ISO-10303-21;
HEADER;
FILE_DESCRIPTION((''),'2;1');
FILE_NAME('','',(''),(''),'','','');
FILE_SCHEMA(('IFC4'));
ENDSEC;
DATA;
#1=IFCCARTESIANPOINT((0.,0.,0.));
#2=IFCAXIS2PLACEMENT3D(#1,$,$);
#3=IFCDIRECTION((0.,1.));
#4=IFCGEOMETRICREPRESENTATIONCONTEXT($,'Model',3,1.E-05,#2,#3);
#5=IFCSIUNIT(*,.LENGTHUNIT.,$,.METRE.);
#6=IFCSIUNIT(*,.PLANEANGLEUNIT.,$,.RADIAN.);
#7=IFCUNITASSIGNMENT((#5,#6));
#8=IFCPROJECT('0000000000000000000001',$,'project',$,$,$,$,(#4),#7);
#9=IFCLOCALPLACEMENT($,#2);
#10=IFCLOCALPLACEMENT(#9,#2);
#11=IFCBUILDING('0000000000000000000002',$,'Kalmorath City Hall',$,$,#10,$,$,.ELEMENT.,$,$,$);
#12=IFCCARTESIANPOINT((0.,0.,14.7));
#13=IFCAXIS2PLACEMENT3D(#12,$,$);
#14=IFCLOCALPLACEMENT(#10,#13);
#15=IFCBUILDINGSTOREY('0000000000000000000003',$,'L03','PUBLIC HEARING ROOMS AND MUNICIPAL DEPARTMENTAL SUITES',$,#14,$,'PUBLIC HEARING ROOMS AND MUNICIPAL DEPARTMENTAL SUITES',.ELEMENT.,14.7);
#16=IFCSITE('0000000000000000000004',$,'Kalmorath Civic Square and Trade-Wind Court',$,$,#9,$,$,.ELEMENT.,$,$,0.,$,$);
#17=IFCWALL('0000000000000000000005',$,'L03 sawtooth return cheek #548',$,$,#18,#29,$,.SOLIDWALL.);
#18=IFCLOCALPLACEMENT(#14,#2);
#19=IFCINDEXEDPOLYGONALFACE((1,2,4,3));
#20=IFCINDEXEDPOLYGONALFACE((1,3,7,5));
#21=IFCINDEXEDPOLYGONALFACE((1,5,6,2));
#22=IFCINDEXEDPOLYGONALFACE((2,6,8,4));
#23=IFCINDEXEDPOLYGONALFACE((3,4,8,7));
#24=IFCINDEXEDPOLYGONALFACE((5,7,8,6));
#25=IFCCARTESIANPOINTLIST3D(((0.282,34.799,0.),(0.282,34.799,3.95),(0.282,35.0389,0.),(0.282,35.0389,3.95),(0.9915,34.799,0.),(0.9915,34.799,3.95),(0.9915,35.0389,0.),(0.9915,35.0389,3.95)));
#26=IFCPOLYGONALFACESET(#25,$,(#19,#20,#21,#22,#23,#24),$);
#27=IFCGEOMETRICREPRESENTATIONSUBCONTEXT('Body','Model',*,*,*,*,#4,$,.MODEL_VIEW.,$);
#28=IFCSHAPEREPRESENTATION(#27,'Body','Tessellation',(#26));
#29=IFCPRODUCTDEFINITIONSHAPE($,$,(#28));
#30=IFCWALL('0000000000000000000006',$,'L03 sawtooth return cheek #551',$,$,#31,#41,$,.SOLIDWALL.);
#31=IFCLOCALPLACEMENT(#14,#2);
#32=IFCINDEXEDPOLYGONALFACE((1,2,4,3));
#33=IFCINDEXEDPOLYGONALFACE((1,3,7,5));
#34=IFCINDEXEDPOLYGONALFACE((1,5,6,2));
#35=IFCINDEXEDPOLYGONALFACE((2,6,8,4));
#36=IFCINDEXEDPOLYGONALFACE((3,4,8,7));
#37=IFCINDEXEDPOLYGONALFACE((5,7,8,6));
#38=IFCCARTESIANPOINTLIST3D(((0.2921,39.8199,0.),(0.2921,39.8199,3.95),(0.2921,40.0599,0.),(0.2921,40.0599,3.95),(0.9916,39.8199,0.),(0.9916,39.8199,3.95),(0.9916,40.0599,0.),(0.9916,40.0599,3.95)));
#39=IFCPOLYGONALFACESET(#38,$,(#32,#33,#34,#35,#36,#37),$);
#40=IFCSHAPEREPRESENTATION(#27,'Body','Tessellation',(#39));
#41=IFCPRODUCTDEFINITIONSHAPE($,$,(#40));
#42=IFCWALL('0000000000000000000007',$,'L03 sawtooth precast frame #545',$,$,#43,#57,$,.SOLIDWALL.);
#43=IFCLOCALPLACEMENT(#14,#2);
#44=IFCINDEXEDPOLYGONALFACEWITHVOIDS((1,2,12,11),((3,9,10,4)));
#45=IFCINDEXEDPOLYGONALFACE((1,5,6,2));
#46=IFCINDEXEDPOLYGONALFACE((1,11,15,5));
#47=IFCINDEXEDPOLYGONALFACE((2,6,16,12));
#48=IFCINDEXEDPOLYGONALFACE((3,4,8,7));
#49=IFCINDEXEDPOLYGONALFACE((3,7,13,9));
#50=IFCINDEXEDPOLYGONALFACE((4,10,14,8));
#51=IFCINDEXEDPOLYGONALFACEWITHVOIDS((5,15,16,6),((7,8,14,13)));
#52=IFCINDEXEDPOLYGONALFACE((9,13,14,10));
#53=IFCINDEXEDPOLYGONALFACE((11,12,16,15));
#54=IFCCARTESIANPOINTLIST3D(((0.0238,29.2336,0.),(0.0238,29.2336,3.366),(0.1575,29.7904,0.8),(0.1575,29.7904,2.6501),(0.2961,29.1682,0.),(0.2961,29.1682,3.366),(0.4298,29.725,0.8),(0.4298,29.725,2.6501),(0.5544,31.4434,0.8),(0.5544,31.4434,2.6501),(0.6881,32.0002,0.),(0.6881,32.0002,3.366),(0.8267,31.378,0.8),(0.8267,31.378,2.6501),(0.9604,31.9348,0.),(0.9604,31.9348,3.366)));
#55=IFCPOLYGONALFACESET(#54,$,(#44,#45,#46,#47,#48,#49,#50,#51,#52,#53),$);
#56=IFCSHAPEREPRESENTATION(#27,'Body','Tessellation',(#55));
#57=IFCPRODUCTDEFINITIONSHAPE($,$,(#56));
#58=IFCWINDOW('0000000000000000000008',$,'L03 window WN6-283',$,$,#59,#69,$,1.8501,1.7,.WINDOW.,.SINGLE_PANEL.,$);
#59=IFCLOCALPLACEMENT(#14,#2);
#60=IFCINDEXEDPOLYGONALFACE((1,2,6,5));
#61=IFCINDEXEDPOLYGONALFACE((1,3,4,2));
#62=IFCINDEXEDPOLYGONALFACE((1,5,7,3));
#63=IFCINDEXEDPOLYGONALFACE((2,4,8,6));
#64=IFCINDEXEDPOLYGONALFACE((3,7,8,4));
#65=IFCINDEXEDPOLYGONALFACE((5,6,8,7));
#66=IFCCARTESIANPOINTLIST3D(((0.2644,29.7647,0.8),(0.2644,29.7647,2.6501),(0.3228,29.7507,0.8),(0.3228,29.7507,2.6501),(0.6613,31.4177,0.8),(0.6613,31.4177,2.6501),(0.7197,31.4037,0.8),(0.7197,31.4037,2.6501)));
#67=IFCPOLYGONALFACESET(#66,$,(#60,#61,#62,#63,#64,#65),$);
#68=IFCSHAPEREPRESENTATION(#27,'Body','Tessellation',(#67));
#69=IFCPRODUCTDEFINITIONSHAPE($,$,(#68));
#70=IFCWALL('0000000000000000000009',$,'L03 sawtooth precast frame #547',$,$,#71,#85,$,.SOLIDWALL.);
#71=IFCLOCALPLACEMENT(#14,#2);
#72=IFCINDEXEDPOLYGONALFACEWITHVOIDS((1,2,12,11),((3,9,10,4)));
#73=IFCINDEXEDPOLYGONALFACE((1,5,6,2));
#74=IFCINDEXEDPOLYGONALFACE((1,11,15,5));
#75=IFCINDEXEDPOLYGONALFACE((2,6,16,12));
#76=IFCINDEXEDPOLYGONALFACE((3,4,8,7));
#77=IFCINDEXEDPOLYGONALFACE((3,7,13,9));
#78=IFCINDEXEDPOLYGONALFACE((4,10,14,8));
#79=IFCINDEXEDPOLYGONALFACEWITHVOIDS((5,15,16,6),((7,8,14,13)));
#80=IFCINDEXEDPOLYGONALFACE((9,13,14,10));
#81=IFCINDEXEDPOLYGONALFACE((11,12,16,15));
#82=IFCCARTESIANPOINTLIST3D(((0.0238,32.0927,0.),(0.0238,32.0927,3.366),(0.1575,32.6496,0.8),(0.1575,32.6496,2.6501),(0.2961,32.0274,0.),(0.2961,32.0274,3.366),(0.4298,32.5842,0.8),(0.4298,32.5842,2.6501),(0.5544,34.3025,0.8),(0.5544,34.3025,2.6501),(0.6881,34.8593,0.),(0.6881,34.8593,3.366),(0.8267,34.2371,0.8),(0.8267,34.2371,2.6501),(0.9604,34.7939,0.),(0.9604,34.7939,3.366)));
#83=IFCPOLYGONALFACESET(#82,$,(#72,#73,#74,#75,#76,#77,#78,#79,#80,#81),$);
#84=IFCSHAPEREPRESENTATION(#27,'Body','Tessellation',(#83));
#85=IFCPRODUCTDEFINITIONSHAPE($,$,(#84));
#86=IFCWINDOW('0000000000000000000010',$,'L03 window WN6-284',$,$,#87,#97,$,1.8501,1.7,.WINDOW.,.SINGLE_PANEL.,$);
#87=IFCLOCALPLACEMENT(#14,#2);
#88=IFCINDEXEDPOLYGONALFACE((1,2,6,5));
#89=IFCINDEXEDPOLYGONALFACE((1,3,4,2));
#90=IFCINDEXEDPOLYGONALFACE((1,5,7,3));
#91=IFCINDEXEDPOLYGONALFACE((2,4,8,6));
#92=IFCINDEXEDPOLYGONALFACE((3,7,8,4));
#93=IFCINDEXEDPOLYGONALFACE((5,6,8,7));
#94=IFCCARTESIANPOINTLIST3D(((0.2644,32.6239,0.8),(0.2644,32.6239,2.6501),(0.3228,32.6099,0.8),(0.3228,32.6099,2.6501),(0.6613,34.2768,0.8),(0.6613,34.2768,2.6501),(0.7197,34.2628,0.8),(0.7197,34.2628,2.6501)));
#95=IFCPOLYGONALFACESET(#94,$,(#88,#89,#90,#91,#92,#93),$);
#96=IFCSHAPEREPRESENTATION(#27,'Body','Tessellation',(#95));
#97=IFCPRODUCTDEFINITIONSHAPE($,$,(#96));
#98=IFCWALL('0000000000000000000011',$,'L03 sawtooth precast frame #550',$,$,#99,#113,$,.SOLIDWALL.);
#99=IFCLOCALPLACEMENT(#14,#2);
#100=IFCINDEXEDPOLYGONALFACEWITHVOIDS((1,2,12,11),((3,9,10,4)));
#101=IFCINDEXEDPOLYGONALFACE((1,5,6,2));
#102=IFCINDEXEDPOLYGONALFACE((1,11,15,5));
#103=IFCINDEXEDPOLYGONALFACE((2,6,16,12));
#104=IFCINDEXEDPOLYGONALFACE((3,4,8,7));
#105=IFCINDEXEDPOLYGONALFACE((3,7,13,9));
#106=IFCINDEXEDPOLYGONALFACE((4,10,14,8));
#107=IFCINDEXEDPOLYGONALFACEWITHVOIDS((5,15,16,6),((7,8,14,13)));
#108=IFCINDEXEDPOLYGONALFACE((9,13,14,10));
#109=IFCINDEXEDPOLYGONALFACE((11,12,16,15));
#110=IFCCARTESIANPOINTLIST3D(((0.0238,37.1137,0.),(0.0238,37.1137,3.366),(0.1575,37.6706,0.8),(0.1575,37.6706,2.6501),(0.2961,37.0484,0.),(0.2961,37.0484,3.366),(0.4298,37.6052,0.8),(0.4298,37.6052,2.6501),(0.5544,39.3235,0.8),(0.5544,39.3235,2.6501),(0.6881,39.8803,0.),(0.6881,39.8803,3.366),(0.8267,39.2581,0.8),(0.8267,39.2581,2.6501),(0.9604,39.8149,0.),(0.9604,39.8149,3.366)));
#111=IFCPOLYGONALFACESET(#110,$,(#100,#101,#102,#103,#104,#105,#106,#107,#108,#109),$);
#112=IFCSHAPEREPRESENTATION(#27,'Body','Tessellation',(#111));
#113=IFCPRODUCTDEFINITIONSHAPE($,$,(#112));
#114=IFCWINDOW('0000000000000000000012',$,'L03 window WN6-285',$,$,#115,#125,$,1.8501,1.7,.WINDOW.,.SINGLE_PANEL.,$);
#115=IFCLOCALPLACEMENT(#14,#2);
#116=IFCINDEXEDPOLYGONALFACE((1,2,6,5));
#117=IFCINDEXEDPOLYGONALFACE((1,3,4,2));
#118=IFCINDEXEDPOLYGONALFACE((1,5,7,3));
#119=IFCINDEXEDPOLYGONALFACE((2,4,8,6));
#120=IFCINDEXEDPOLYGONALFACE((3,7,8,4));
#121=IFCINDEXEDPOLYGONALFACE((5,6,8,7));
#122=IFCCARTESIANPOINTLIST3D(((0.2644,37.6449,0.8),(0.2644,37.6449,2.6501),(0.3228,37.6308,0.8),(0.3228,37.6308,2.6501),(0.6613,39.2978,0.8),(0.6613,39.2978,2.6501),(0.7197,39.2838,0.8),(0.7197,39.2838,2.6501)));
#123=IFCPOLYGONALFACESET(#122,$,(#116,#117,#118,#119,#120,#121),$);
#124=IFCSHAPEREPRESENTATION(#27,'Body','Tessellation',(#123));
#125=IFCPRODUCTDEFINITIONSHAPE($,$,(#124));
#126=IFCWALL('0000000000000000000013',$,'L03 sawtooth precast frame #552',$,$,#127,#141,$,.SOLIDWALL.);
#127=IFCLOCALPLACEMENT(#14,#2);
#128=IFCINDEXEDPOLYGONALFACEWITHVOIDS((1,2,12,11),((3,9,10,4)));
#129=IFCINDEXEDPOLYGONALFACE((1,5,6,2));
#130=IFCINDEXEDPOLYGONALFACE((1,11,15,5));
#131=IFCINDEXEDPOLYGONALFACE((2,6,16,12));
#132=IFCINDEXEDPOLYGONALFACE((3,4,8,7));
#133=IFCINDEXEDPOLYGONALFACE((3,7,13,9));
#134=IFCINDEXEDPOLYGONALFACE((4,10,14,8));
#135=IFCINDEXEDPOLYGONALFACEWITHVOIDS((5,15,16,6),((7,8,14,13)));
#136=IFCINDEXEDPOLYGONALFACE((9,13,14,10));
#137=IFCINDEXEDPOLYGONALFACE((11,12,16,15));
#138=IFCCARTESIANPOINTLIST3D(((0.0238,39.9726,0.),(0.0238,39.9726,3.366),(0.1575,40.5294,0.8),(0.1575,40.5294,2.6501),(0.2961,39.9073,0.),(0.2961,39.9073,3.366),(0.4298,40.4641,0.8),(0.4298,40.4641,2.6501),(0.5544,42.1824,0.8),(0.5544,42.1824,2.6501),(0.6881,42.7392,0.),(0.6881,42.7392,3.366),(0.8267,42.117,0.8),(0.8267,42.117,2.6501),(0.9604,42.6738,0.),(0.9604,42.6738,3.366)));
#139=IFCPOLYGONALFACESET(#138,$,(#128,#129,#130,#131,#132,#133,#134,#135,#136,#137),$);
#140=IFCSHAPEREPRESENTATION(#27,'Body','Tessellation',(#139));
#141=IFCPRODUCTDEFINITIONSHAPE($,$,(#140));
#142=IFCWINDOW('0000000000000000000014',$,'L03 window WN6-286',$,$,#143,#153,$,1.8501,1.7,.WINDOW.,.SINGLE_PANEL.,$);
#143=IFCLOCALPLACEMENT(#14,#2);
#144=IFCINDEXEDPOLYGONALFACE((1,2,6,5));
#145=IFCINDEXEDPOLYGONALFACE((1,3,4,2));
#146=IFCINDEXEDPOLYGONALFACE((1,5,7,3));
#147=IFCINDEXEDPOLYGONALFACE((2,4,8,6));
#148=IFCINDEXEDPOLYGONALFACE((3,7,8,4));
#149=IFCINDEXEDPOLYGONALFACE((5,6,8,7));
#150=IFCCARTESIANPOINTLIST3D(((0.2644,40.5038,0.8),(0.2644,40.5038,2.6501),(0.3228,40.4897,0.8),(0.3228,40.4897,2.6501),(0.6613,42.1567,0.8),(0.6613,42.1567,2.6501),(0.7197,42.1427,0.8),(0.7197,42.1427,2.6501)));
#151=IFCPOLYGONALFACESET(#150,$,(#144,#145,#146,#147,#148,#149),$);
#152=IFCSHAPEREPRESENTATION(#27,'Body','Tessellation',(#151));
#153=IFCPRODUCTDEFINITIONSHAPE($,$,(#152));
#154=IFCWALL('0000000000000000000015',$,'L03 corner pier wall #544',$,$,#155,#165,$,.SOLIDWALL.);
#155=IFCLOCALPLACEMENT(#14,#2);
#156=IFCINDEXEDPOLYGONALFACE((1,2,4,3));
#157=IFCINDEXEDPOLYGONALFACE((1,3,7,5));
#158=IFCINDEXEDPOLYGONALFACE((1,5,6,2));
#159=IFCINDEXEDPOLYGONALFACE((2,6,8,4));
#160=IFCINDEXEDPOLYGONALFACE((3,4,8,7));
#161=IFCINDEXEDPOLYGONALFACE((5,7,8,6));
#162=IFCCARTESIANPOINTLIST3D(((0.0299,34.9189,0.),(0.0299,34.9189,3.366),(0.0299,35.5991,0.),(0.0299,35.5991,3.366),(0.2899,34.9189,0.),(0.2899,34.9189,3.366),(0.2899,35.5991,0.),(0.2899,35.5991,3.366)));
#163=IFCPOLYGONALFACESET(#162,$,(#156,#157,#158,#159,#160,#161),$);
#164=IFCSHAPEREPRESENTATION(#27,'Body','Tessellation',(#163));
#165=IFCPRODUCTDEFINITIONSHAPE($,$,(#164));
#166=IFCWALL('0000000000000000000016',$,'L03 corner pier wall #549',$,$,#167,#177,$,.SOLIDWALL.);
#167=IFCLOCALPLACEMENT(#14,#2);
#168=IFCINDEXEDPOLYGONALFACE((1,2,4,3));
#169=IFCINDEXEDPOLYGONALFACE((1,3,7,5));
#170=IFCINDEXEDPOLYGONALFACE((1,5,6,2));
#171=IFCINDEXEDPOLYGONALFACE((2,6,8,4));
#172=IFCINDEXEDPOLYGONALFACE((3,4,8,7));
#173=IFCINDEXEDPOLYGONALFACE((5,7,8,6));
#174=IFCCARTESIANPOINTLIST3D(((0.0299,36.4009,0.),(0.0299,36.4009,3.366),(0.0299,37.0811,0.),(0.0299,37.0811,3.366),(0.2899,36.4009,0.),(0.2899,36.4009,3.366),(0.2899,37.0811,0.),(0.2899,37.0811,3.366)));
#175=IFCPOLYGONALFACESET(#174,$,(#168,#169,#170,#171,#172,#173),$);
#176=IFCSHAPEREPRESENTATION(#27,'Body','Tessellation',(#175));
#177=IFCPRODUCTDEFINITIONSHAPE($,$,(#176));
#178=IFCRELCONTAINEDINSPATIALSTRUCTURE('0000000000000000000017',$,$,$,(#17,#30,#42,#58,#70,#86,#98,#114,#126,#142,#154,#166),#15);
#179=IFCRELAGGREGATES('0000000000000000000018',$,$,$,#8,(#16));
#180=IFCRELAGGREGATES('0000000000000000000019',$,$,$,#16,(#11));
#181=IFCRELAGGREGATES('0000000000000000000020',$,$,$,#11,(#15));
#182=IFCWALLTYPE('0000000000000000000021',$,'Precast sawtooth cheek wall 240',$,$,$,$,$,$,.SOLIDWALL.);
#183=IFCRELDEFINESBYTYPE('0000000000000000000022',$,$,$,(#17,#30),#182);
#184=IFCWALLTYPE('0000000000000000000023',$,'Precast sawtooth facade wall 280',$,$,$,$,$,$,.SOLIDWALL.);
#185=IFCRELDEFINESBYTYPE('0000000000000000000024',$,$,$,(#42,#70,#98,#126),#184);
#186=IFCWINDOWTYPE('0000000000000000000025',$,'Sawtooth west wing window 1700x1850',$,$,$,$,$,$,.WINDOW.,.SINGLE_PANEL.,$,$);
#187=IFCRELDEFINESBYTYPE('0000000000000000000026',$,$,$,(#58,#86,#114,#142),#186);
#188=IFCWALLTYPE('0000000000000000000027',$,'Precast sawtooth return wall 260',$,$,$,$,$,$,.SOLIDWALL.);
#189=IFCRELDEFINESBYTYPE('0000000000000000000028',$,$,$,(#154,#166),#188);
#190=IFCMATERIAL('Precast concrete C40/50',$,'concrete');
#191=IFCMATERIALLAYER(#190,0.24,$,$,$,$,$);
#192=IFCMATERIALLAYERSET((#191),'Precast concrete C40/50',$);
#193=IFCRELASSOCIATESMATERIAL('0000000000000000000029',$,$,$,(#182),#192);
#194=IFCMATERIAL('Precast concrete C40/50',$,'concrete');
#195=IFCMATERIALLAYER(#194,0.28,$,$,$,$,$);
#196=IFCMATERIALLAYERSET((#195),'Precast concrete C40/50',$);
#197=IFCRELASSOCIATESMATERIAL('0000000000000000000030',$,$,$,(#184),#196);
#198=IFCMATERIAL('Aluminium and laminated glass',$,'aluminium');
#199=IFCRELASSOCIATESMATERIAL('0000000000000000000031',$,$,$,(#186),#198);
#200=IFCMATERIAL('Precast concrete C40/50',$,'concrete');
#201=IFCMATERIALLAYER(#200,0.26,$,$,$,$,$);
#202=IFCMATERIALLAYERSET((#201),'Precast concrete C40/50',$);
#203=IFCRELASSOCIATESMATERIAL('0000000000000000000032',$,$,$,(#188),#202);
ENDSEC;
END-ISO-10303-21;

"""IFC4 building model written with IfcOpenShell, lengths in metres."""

from ifc_helpers import new_model, si_unit, direction, frame, frame_2d, origin, place, context, subcontext, project, spatial, rectangle, extrude, material, layer, layer_set, type_object, element, fill, save


model = new_model("IFC4")

# Units and contexts
model_context = context("Model", 3, precision=1e-05, world=origin(), true_north=direction((0.0, 1.0)))
body_context = subcontext(model_context, "Body", "Model", "MODEL_VIEW")
ifc_project = project(units=[si_unit("LENGTHUNIT", "METRE"), si_unit("PLANEANGLEUNIT", "RADIAN")], contexts=[model_context])

# Site, building, storey
site_placement = place(None, origin())
site = spatial("IfcSite", under=ifc_project, at=site_placement, Name="Kalmorath Civic Square and Trade-Wind Court", CompositionType="ELEMENT", RefElevation=0.0)
building_placement = place(site_placement, origin())
building = spatial("IfcBuilding", under=site, at=building_placement, Name="Kalmorath City Hall", CompositionType="ELEMENT")
storey_placement = place(building_placement, frame((0.0, 0.0, 14.7)))
storey = spatial("IfcBuildingStorey", under=building, at=storey_placement, Name="L03", Description="PUBLIC HEARING ROOMS AND MUNICIPAL DEPARTMENTAL SUITES", LongName="PUBLIC HEARING ROOMS AND MUNICIPAL DEPARTMENTAL SUITES", CompositionType="ELEMENT", Elevation=14.7)

# Walls
ifc_material_1 = material(Name="Precast concrete C40/50", Category="concrete")
ifc_layer_1 = layer(ifc_material_1, 0.24)
ifc_layer_set_1 = layer_set([ifc_layer_1], Name="Precast concrete C40/50")
wall_type_1 = type_object("IfcWallType", Name="Precast sawtooth cheek wall 240", PredefinedType="SOLIDWALL", material=ifc_layer_set_1)
wall_1_placement = place(storey_placement, frame((0.9915, 34.9189, 0.0), z_axis=(0.0, 0.0, 1.0), x_axis=(-1.0, 0.0, 0.0)))
element("IfcWall", 1, at=wall_1_placement, inside=storey, type_object=wall_type_1, Name="L03 sawtooth return cheek #548", PredefinedType="SOLIDWALL", context=body_context, shape_type="SweptSolid", body=[
    extrude(rectangle(XDim=0.7095, YDim=0.24, at=frame_2d((0.3547, 0.0))), origin(), (0.0, 0.0, 1.0), 3.95),
])
wall_2_placement = place(storey_placement, frame((0.9915, 39.9399, 0.0), z_axis=(0.0, 0.0, 1.0), x_axis=(-1.0, 0.0, 0.0)))
element("IfcWall", 2, at=wall_2_placement, inside=storey, type_object=wall_type_1, Name="L03 sawtooth return cheek #551", PredefinedType="SOLIDWALL", context=body_context, shape_type="SweptSolid", body=[
    extrude(rectangle(XDim=0.6995, YDim=0.24, at=frame_2d((0.3496, 0.0))), origin(), (0.0, 0.0, 1.0), 3.95),
])

# Walls, openings, windows
ifc_material_2 = material(Name="Precast concrete C40/50", Category="concrete")
ifc_layer_2 = layer(ifc_material_2, 0.28)
ifc_layer_set_2 = layer_set([ifc_layer_2], Name="Precast concrete C40/50")
wall_type_2 = type_object("IfcWallType", Name="Precast sawtooth facade wall 280", PredefinedType="SOLIDWALL", material=ifc_layer_set_2)
wall_3_placement = place(storey_placement, frame((0.1599, 29.2009, 0.0), z_axis=(0.0, 0.0, 1.0), x_axis=(0.23348, 0.972362, 0.0)))
wall_3 = element("IfcWall", 3, at=wall_3_placement, inside=storey, type_object=wall_type_2, Name="L03 sawtooth precast frame #545", PredefinedType="SOLIDWALL", context=body_context, shape_type="SweptSolid", body=[
    extrude(rectangle(XDim=2.8452, YDim=0.28, at=frame_2d((1.4226, 0.0))), origin(), (0.0, 0.0, 1.0), 3.366),
])
opening_1_placement = place(wall_3_placement, frame((0.5725, 0.0, 0.8)))
opening_1 = element("IfcOpeningElement", 4, at=opening_1_placement, cuts=wall_3, PredefinedType="OPENING", context=body_context, shape_type="SweptSolid", body=[
    extrude(rectangle(XDim=1.7, YDim=1.8501, at=frame_2d((0.8501, 0.925))), frame((0.0, 0.1499, 0.0), z_axis=(0.0, -1.0, 0.0), x_axis=(1.0, 0.0, 0.0)), (0.0, 0.0, 1.0), 0.3),
])
ifc_material_3 = material(Name="Aluminium and laminated glass", Category="aluminium")
window_type = type_object("IfcWindowType", Name="Sawtooth west wing window 1700x1850", PartitioningType="SINGLE_PANEL", PredefinedType="WINDOW", material=ifc_material_3)
window_1_placement = place(opening_1_placement, origin())
window_1 = element("IfcWindow", 5, at=window_1_placement, inside=storey, type_object=window_type, Name="L03 window WN6-283", OverallHeight=1.8501, OverallWidth=1.7, PartitioningType="SINGLE_PANEL", PredefinedType="WINDOW", context=body_context, shape_type="SweptSolid", body=[
    extrude(rectangle(XDim=1.7, YDim=1.8501, at=frame_2d((0.8501, 0.925))), frame((0.0, 0.03, 0.0), z_axis=(0.0, -1.0, 0.0), x_axis=(1.0, 0.0, 0.0)), (0.0, 0.0, 1.0), 0.0601),
])
fill(opening_1, window_1)
wall_4_placement = place(storey_placement, frame((0.1599, 32.0601, 0.0), z_axis=(0.0, 0.0, 1.0), x_axis=(0.23348, 0.972362, 0.0)))
wall_4 = element("IfcWall", 6, at=wall_4_placement, inside=storey, type_object=wall_type_2, Name="L03 sawtooth precast frame #547", PredefinedType="SOLIDWALL", context=body_context, shape_type="SweptSolid", body=[
    extrude(rectangle(XDim=2.8452, YDim=0.28, at=frame_2d((1.4226, 0.0))), origin(), (0.0, 0.0, 1.0), 3.366),
])
opening_2_placement = place(wall_4_placement, frame((0.5725, 0.0, 0.8)))
opening_2 = element("IfcOpeningElement", 7, at=opening_2_placement, cuts=wall_4, PredefinedType="OPENING", context=body_context, shape_type="SweptSolid", body=[
    extrude(rectangle(XDim=1.7, YDim=1.8501, at=frame_2d((0.8501, 0.925))), frame((0.0, 0.1499, 0.0), z_axis=(0.0, -1.0, 0.0), x_axis=(1.0, 0.0, 0.0)), (0.0, 0.0, 1.0), 0.3),
])
window_2_placement = place(opening_2_placement, origin())
window_2 = element("IfcWindow", 8, at=window_2_placement, inside=storey, type_object=window_type, Name="L03 window WN6-284", OverallHeight=1.8501, OverallWidth=1.7, PartitioningType="SINGLE_PANEL", PredefinedType="WINDOW", context=body_context, shape_type="SweptSolid", body=[
    extrude(rectangle(XDim=1.7, YDim=1.8501, at=frame_2d((0.8501, 0.925))), frame((0.0, 0.03, 0.0), z_axis=(0.0, -1.0, 0.0), x_axis=(1.0, 0.0, 0.0)), (0.0, 0.0, 1.0), 0.0601),
])
fill(opening_2, window_2)
wall_5_placement = place(storey_placement, frame((0.1599, 37.0811, 0.0), z_axis=(0.0, 0.0, 1.0), x_axis=(0.23348, 0.972362, 0.0)))
wall_5 = element("IfcWall", 9, at=wall_5_placement, inside=storey, type_object=wall_type_2, Name="L03 sawtooth precast frame #550", PredefinedType="SOLIDWALL", context=body_context, shape_type="SweptSolid", body=[
    extrude(rectangle(XDim=2.8452, YDim=0.28, at=frame_2d((1.4226, 0.0))), origin(), (0.0, 0.0, 1.0), 3.366),
])
opening_3_placement = place(wall_5_placement, frame((0.5725, 0.0, 0.8)))
opening_3 = element("IfcOpeningElement", 10, at=opening_3_placement, cuts=wall_5, PredefinedType="OPENING", context=body_context, shape_type="SweptSolid", body=[
    extrude(rectangle(XDim=1.7, YDim=1.8501, at=frame_2d((0.8501, 0.925))), frame((0.0, 0.1499, 0.0), z_axis=(0.0, -1.0, 0.0), x_axis=(1.0, 0.0, 0.0)), (0.0, 0.0, 1.0), 0.3),
])
window_3_placement = place(opening_3_placement, origin())
window_3 = element("IfcWindow", 11, at=window_3_placement, inside=storey, type_object=window_type, Name="L03 window WN6-285", OverallHeight=1.8501, OverallWidth=1.7, PartitioningType="SINGLE_PANEL", PredefinedType="WINDOW", context=body_context, shape_type="SweptSolid", body=[
    extrude(rectangle(XDim=1.7, YDim=1.8501, at=frame_2d((0.8501, 0.925))), frame((0.0, 0.03, 0.0), z_axis=(0.0, -1.0, 0.0), x_axis=(1.0, 0.0, 0.0)), (0.0, 0.0, 1.0), 0.0601),
])
fill(opening_3, window_3)
wall_6_placement = place(storey_placement, frame((0.1599, 39.9399, 0.0), z_axis=(0.0, 0.0, 1.0), x_axis=(0.23348, 0.972362, 0.0)))
wall_6 = element("IfcWall", 12, at=wall_6_placement, inside=storey, type_object=wall_type_2, Name="L03 sawtooth precast frame #552", PredefinedType="SOLIDWALL", context=body_context, shape_type="SweptSolid", body=[
    extrude(rectangle(XDim=2.8452, YDim=0.28, at=frame_2d((1.4226, 0.0))), origin(), (0.0, 0.0, 1.0), 3.366),
])
opening_4_placement = place(wall_6_placement, frame((0.5725, 0.0, 0.8)))
opening_4 = element("IfcOpeningElement", 13, at=opening_4_placement, cuts=wall_6, PredefinedType="OPENING", context=body_context, shape_type="SweptSolid", body=[
    extrude(rectangle(XDim=1.7, YDim=1.8501, at=frame_2d((0.8501, 0.925))), frame((0.0, 0.1499, 0.0), z_axis=(0.0, -1.0, 0.0), x_axis=(1.0, 0.0, 0.0)), (0.0, 0.0, 1.0), 0.3),
])
window_4_placement = place(opening_4_placement, origin())
window_4 = element("IfcWindow", 14, at=window_4_placement, inside=storey, type_object=window_type, Name="L03 window WN6-286", OverallHeight=1.8501, OverallWidth=1.7, PartitioningType="SINGLE_PANEL", PredefinedType="WINDOW", context=body_context, shape_type="SweptSolid", body=[
    extrude(rectangle(XDim=1.7, YDim=1.8501, at=frame_2d((0.8501, 0.925))), frame((0.0, 0.03, 0.0), z_axis=(0.0, -1.0, 0.0), x_axis=(1.0, 0.0, 0.0)), (0.0, 0.0, 1.0), 0.0601),
])
fill(opening_4, window_4)

# Walls
ifc_material_4 = material(Name="Precast concrete C40/50", Category="concrete")
ifc_layer_3 = layer(ifc_material_4, 0.26)
ifc_layer_set_3 = layer_set([ifc_layer_3], Name="Precast concrete C40/50")
wall_type_3 = type_object("IfcWallType", Name="Precast sawtooth return wall 260", PredefinedType="SOLIDWALL", material=ifc_layer_set_3)
for number, where, z_axis, x_axis, name in (
    (15, (0.1599, 34.9189, 0.0), (0.0, 0.0, 1.0), (0.0, 1.0, 0.0), "L03 corner pier wall #544"),
    (16, (0.1599, 36.4009, 0.0), (0.0, 0.0, 1.0), (0.0, 1.0, 0.0), "L03 corner pier wall #549"),
):
    element("IfcWall", number, at=place(storey_placement, frame(where, z_axis=z_axis, x_axis=x_axis)), inside=storey, type_object=wall_type_3, Name=name, PredefinedType="SOLIDWALL", context=body_context, shape_type="SweptSolid", body=[
        extrude(rectangle(XDim=0.6802, YDim=0.26, at=frame_2d((0.3401, 0.0))), origin(), (0.0, 0.0, 1.0), 3.366),
    ])

save(model, "model.ifc")
